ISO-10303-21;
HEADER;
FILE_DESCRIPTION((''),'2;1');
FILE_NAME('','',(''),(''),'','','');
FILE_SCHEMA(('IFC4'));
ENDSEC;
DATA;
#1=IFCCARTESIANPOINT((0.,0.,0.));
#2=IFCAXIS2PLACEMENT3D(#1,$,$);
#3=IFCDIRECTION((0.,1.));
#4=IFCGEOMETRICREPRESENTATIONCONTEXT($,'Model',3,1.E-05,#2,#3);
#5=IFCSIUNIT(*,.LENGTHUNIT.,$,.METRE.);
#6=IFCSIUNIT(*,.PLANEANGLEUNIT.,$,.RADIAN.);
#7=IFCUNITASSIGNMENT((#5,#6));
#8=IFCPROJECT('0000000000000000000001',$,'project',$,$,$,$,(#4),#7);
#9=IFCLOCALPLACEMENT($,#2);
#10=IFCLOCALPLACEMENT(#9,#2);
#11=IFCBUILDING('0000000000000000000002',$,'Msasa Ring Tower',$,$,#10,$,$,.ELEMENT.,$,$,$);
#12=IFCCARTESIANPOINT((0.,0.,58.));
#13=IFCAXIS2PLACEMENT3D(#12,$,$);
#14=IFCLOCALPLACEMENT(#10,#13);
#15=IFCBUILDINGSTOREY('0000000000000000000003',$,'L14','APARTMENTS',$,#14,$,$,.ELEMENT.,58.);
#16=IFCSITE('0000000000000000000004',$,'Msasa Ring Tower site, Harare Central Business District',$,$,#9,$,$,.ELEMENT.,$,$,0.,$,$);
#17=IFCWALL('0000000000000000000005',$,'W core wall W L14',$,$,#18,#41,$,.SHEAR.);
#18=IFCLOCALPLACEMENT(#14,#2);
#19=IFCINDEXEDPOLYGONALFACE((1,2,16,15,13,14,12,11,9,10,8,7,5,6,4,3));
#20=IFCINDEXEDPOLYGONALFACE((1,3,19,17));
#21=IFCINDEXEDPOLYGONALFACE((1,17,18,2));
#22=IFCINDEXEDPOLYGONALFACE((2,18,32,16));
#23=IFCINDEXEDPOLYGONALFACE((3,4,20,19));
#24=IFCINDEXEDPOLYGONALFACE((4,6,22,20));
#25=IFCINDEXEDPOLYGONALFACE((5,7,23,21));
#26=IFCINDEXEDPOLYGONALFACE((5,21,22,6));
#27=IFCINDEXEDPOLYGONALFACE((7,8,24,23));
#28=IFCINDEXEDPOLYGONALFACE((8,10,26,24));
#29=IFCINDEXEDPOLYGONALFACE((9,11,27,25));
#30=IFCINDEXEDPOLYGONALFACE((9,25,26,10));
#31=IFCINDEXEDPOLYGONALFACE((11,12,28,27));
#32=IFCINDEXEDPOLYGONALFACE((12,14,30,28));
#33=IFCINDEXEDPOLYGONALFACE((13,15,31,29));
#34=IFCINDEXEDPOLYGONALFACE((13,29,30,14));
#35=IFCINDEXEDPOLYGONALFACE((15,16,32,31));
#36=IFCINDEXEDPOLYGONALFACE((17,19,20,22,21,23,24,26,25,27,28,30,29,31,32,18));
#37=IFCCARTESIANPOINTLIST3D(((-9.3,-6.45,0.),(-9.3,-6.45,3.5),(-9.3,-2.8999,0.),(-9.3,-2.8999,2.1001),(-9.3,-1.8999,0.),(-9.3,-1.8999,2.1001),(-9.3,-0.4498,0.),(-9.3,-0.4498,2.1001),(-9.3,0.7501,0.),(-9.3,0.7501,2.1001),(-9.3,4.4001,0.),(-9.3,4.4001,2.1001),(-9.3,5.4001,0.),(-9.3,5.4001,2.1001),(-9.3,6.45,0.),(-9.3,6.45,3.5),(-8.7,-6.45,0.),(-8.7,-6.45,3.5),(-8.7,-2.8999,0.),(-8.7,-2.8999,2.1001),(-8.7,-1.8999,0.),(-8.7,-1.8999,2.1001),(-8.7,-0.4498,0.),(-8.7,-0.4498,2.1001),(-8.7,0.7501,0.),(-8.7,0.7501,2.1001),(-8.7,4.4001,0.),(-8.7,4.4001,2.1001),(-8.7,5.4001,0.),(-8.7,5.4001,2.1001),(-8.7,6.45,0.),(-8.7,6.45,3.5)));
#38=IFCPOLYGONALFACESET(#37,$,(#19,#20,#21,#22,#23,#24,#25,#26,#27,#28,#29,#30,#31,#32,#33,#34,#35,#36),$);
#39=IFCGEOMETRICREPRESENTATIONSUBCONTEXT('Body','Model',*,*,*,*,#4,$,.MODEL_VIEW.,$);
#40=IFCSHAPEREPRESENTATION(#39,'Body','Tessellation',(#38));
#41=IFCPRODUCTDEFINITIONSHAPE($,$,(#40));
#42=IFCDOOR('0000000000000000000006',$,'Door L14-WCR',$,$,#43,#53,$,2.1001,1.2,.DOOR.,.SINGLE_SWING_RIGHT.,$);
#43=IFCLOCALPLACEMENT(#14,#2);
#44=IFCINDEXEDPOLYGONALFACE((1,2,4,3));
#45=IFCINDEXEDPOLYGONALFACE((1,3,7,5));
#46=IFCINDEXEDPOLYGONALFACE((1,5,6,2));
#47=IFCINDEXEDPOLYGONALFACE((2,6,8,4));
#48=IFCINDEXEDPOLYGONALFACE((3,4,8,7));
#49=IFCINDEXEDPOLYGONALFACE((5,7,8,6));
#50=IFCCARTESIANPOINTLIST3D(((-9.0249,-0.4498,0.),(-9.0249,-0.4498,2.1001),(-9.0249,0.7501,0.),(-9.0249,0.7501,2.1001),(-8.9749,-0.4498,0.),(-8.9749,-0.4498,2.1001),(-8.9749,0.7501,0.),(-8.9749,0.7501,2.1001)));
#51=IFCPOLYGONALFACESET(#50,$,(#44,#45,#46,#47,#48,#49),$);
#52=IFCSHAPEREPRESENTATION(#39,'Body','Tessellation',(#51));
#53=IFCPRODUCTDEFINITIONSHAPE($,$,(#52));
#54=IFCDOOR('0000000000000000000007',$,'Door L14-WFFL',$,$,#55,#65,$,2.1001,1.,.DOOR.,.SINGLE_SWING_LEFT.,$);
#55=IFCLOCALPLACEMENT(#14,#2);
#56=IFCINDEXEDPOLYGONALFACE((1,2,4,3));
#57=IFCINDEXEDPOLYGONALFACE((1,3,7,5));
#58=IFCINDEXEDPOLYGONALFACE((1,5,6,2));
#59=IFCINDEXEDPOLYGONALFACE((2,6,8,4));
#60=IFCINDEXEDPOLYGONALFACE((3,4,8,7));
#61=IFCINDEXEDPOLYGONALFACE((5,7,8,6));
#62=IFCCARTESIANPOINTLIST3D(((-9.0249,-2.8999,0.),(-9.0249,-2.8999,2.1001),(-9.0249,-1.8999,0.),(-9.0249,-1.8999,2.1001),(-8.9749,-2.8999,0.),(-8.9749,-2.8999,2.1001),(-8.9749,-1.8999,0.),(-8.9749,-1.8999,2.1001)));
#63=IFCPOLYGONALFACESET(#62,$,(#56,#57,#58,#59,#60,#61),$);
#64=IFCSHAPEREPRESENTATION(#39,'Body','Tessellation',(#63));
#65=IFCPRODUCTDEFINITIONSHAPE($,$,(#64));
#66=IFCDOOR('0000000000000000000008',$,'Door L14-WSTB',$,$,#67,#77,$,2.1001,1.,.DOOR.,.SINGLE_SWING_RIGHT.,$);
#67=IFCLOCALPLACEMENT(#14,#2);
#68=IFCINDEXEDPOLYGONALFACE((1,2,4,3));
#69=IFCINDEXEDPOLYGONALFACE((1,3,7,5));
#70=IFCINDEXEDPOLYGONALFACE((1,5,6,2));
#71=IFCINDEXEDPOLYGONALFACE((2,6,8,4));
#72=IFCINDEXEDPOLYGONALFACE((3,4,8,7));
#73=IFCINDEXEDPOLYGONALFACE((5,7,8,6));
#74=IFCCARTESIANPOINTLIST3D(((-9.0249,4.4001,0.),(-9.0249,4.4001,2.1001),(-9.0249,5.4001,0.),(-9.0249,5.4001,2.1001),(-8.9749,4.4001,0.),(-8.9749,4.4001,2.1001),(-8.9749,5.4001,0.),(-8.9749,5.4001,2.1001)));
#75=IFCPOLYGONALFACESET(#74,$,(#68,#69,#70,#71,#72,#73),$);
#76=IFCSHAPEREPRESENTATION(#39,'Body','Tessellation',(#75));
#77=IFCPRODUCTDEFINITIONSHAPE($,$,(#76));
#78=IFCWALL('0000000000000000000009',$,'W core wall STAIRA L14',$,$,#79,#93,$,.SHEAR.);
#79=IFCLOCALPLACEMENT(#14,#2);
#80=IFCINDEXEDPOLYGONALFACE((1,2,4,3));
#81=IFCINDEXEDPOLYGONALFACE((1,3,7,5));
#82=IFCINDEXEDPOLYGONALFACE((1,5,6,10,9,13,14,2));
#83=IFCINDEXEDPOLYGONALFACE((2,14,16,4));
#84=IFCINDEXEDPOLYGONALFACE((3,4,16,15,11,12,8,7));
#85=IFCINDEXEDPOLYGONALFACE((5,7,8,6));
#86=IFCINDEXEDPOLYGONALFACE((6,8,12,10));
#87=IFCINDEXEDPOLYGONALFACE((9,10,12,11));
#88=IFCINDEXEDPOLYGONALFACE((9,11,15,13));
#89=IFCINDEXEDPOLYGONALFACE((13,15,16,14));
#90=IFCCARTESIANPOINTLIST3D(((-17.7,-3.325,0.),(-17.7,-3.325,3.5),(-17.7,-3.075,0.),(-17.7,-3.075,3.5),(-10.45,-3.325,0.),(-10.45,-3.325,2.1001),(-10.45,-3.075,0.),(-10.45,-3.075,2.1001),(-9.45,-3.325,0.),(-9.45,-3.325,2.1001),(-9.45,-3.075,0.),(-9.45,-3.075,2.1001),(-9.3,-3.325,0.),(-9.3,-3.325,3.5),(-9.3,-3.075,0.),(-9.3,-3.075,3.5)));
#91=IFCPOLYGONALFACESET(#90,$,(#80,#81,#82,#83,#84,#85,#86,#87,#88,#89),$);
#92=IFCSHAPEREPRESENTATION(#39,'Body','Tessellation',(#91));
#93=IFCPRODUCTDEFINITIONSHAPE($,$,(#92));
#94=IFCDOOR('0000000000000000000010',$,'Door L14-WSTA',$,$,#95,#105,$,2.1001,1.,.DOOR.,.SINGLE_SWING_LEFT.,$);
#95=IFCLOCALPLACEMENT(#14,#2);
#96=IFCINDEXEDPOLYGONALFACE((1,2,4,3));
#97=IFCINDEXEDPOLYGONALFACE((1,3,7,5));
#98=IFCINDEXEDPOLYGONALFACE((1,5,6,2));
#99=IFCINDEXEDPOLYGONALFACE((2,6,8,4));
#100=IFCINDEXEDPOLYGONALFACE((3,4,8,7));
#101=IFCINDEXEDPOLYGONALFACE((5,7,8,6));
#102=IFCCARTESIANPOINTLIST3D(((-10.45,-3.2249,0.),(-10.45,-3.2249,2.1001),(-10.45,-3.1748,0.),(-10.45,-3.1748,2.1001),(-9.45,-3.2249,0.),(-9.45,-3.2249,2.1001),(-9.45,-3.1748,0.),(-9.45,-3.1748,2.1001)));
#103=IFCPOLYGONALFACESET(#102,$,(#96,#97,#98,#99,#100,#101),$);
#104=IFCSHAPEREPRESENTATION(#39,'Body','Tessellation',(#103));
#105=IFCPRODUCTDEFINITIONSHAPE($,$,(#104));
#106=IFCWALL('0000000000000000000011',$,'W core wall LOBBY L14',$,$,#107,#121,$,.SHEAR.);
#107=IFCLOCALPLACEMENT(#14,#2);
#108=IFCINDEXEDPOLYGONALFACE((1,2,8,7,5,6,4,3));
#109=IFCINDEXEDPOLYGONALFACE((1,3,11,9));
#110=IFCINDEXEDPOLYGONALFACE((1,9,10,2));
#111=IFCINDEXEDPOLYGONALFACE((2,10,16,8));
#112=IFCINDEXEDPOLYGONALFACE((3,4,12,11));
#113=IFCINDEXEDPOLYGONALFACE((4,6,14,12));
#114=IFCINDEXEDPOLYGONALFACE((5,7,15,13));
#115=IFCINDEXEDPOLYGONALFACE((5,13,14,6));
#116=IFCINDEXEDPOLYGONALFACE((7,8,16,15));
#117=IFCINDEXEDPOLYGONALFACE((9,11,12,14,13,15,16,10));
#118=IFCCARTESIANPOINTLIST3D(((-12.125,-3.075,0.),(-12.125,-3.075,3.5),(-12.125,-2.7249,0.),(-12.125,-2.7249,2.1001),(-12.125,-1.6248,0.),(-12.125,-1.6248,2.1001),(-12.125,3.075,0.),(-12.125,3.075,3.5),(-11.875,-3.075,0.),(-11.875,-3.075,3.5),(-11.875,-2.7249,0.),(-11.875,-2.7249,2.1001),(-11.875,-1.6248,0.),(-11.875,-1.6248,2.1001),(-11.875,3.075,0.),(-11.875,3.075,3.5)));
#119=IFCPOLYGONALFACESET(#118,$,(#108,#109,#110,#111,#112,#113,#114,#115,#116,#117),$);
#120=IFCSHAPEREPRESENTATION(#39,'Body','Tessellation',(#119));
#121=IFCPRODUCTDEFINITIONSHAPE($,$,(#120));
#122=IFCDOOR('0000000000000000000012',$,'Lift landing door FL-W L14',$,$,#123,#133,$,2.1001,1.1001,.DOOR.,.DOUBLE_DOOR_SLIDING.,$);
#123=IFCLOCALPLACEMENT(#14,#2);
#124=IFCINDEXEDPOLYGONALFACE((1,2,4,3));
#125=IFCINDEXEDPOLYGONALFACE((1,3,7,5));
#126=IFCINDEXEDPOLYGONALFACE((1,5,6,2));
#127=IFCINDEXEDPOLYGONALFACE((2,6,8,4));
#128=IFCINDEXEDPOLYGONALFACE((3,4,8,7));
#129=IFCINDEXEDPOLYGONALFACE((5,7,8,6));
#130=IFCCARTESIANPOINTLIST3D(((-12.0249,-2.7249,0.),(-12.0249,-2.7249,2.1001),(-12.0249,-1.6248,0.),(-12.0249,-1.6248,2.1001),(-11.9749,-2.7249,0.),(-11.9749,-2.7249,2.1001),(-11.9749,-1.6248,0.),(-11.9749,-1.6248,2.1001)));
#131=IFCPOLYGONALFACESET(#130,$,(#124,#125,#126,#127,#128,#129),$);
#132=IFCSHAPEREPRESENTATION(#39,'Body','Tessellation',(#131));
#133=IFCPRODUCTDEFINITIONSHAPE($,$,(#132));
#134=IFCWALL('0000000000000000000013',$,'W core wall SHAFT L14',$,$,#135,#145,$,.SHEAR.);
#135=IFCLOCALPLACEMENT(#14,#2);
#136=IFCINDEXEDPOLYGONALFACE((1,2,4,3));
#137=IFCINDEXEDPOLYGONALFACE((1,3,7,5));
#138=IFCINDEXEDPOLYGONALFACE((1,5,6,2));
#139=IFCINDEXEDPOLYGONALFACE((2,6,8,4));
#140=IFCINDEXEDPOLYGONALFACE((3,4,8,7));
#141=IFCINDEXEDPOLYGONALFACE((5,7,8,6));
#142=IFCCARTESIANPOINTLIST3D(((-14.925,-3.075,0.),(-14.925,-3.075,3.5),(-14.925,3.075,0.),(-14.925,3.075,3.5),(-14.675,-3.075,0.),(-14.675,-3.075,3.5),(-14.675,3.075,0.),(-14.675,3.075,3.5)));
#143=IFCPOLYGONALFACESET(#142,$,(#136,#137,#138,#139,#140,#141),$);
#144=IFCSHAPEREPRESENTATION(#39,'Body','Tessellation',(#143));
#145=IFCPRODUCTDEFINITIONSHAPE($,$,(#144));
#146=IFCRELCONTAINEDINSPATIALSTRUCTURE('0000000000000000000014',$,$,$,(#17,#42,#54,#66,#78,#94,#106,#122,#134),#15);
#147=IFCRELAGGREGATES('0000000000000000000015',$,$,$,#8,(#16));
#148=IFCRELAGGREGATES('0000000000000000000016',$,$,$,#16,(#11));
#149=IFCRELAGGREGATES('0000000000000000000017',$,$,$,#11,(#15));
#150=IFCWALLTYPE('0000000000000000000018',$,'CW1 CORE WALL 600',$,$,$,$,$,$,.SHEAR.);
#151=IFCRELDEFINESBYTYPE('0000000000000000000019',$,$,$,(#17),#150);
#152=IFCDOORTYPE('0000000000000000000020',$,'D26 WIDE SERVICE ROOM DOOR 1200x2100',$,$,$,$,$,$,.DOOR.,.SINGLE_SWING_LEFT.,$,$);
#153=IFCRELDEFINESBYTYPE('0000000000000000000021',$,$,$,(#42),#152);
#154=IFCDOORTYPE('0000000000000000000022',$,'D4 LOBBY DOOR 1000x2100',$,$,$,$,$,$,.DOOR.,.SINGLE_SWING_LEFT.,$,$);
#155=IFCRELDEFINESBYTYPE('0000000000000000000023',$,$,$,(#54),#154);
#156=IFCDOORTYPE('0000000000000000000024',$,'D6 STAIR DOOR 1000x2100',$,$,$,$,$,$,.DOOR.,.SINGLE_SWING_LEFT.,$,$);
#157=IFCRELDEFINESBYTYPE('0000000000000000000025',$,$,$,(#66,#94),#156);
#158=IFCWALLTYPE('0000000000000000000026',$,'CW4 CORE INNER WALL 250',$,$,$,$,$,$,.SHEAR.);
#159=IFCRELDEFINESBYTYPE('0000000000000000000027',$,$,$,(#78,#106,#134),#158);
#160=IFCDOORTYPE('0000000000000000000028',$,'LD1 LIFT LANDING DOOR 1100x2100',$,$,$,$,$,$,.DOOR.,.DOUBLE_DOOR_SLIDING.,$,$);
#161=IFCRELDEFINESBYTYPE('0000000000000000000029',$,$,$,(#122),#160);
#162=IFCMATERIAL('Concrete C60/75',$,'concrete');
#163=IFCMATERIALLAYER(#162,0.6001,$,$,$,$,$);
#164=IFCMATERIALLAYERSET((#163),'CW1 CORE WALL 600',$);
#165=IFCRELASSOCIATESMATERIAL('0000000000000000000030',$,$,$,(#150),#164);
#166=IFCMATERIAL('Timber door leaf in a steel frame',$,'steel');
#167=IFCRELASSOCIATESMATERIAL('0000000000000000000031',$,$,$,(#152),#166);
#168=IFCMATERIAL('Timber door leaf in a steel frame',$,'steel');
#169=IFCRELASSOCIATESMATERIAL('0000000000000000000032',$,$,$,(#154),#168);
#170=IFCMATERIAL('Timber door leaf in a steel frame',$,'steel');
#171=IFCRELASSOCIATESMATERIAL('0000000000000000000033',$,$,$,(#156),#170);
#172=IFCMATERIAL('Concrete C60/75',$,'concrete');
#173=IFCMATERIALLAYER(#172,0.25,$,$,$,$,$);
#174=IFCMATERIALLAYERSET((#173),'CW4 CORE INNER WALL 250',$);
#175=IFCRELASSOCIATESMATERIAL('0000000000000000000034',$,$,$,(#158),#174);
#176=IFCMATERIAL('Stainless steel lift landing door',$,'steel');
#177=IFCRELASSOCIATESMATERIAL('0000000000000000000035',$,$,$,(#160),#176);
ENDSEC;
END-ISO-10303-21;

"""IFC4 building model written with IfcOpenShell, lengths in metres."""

from ifc_helpers import new_model, si_unit, direction, frame, frame_2d, origin, place, context, subcontext, project, spatial, rectangle, extrude, material, layer, layer_set, type_object, element, fill, save


model = new_model("IFC4")

# Units and contexts
model_context = context("Model", 3, precision=1e-05, world=origin(), true_north=direction((0.0, 1.0)))
body_context = subcontext(model_context, "Body", "Model", "MODEL_VIEW")
ifc_project = project(units=[si_unit("LENGTHUNIT", "METRE"), si_unit("PLANEANGLEUNIT", "RADIAN")], contexts=[model_context])

# Site, building, storey
site_placement = place(None, origin())
site = spatial("IfcSite", under=ifc_project, at=site_placement, Name="Msasa Ring Tower site, Harare Central Business District", CompositionType="ELEMENT", RefElevation=0.0)
building_placement = place(site_placement, origin())
building = spatial("IfcBuilding", under=site, at=building_placement, Name="Msasa Ring Tower", CompositionType="ELEMENT")
storey_placement = place(building_placement, frame((0.0, 0.0, 58.0)))
storey = spatial("IfcBuildingStorey", under=building, at=storey_placement, Name="L14", Description="APARTMENTS", CompositionType="ELEMENT", Elevation=58.0)

# Shared definitions
ifc_material_1 = material(Name="Concrete C60/75", Category="concrete")
ifc_layer_1 = layer(ifc_material_1, 0.6001)
ifc_layer_set_1 = layer_set([ifc_layer_1], Name="CW1 CORE WALL 600")
wall_type_1 = type_object("IfcWallType", Name="CW1 CORE WALL 600", PredefinedType="SHEAR", material=ifc_layer_set_1)

# Wall, openings, doors
wall_1_placement = place(storey_placement, frame((-9.0, -6.45, 0.0), z_axis=(0.0, 0.0, 1.0), x_axis=(0.0, 1.0, 0.0)))
wall_1 = element("IfcWall", 1, at=wall_1_placement, inside=storey, type_object=wall_type_1, Name="W core wall W L14", PredefinedType="SHEAR", context=body_context, shape_type="SweptSolid", body=[
    extrude(rectangle(XDim=12.8999, YDim=0.6001, at=frame_2d((6.45, 0.0))), origin(), (0.0, 0.0, 1.0), 3.5),
])
opening_1_placement = place(wall_1_placement, frame((3.55, 0.0, 0.0)))
opening_1 = element("IfcOpeningElement", 2, at=opening_1_placement, cuts=wall_1, PredefinedType="OPENING", context=body_context, shape_type="SweptSolid", body=[
    extrude(rectangle(XDim=1.0, YDim=2.1001, at=frame_2d((0.5, 1.05))), frame((0.0, 0.3101, 0.0), z_axis=(0.0, -1.0, 0.0), x_axis=(1.0, 0.0, 0.0)), (0.0, 0.0, 1.0), 0.6201),
])
opening_2_placement = place(wall_1_placement, frame((6.0, 0.0, 0.0)))
opening_2 = element("IfcOpeningElement", 3, at=opening_2_placement, cuts=wall_1, PredefinedType="OPENING", context=body_context, shape_type="SweptSolid", body=[
    extrude(rectangle(XDim=1.2, YDim=2.1001, at=frame_2d((0.6001, 1.05))), frame((0.0, 0.3101, 0.0), z_axis=(0.0, -1.0, 0.0), x_axis=(1.0, 0.0, 0.0)), (0.0, 0.0, 1.0), 0.6201),
])
opening_3_placement = place(wall_1_placement, frame((10.8501, 0.0, 0.0)))
opening_3 = element("IfcOpeningElement", 4, at=opening_3_placement, cuts=wall_1, PredefinedType="OPENING", context=body_context, shape_type="SweptSolid", body=[
    extrude(rectangle(XDim=1.0, YDim=2.1001, at=frame_2d((0.5, 1.05))), frame((0.0, 0.3101, 0.0), z_axis=(0.0, -1.0, 0.0), x_axis=(1.0, 0.0, 0.0)), (0.0, 0.0, 1.0), 0.6201),
])
ifc_material_2 = material(Name="Timber door leaf in a steel frame", Category="steel")
door_type_1 = type_object("IfcDoorType", Name="D26 WIDE SERVICE ROOM DOOR 1200x2100", OperationType="SINGLE_SWING_LEFT", PredefinedType="DOOR", material=ifc_material_2)
door_1_placement = place(opening_2_placement, origin())
door_1 = element("IfcDoor", 5, at=door_1_placement, inside=storey, type_object=door_type_1, Name="Door L14-WCR", OperationType="SINGLE_SWING_RIGHT", OverallHeight=2.1001, OverallWidth=1.2, PredefinedType="DOOR", context=body_context, shape_type="SweptSolid", body=[
    extrude(rectangle(XDim=1.2, YDim=2.1001, at=frame_2d((0.6001, 1.05))), frame((0.0, 0.0249, 0.0), z_axis=(0.0, -1.0, 0.0), x_axis=(1.0, 0.0, 0.0)), (0.0, 0.0, 1.0), 0.05),
])
fill(opening_2, door_1)
ifc_material_3 = material(Name="Timber door leaf in a steel frame", Category="steel")
door_type_2 = type_object("IfcDoorType", Name="D4 LOBBY DOOR 1000x2100", OperationType="SINGLE_SWING_LEFT", PredefinedType="DOOR", material=ifc_material_3)
door_2_placement = place(opening_1_placement, origin())
door_2 = element("IfcDoor", 6, at=door_2_placement, inside=storey, type_object=door_type_2, Name="Door L14-WFFL", OperationType="SINGLE_SWING_LEFT", OverallHeight=2.1001, OverallWidth=1.0, PredefinedType="DOOR", context=body_context, shape_type="SweptSolid", body=[
    extrude(rectangle(XDim=1.0, YDim=2.1001, at=frame_2d((0.5, 1.05))), frame((0.0, 0.0249, 0.0), z_axis=(0.0, -1.0, 0.0), x_axis=(1.0, 0.0, 0.0)), (0.0, 0.0, 1.0), 0.05),
])
fill(opening_1, door_2)
ifc_material_4 = material(Name="Timber door leaf in a steel frame", Category="steel")
door_type_3 = type_object("IfcDoorType", Name="D6 STAIR DOOR 1000x2100", OperationType="SINGLE_SWING_LEFT", PredefinedType="DOOR", material=ifc_material_4)
door_3_placement = place(opening_3_placement, origin())
door_3 = element("IfcDoor", 7, at=door_3_placement, inside=storey, type_object=door_type_3, Name="Door L14-WSTB", OperationType="SINGLE_SWING_RIGHT", OverallHeight=2.1001, OverallWidth=1.0, PredefinedType="DOOR", context=body_context, shape_type="SweptSolid", body=[
    extrude(rectangle(XDim=1.0, YDim=2.1001, at=frame_2d((0.5, 1.05))), frame((0.0, 0.0249, 0.0), z_axis=(0.0, -1.0, 0.0), x_axis=(1.0, 0.0, 0.0)), (0.0, 0.0, 1.0), 0.05),
])
fill(opening_3, door_3)

# Walls, openings, doors
ifc_material_5 = material(Name="Concrete C60/75", Category="concrete")
ifc_layer_2 = layer(ifc_material_5, 0.25)
ifc_layer_set_2 = layer_set([ifc_layer_2], Name="CW4 CORE INNER WALL 250")
wall_type_2 = type_object("IfcWallType", Name="CW4 CORE INNER WALL 250", PredefinedType="SHEAR", material=ifc_layer_set_2)
wall_2_placement = place(storey_placement, frame((-9.3, -3.2, 0.0), z_axis=(0.0, 0.0, 1.0), x_axis=(-1.0, 0.0, 0.0)))
wall_2 = element("IfcWall", 8, at=wall_2_placement, inside=storey, type_object=wall_type_2, Name="W core wall STAIRA L14", PredefinedType="SHEAR", context=body_context, shape_type="SweptSolid", body=[
    extrude(rectangle(XDim=8.3999, YDim=0.25, at=frame_2d((4.2, 0.0))), origin(), (0.0, 0.0, 1.0), 3.5),
])
opening_4_placement = place(wall_2_placement, frame((0.1499, 0.0, 0.0)))
opening_4 = element("IfcOpeningElement", 9, at=opening_4_placement, cuts=wall_2, PredefinedType="OPENING", context=body_context, shape_type="SweptSolid", body=[
    extrude(rectangle(XDim=1.0, YDim=2.1001, at=frame_2d((0.5, 1.05))), frame((0.0, 0.135, 0.0), z_axis=(0.0, -1.0, 0.0), x_axis=(1.0, 0.0, 0.0)), (0.0, 0.0, 1.0), 0.27),
])
door_4_placement = place(opening_4_placement, origin())
door_4 = element("IfcDoor", 10, at=door_4_placement, inside=storey, type_object=door_type_3, Name="Door L14-WSTA", OperationType="SINGLE_SWING_LEFT", OverallHeight=2.1001, OverallWidth=1.0, PredefinedType="DOOR", context=body_context, shape_type="SweptSolid", body=[
    extrude(rectangle(XDim=1.0, YDim=2.1001, at=frame_2d((0.5, 1.05))), frame((0.0, 0.0249, 0.0), z_axis=(0.0, -1.0, 0.0), x_axis=(1.0, 0.0, 0.0)), (0.0, 0.0, 1.0), 0.05),
])
fill(opening_4, door_4)
wall_3_placement = place(storey_placement, frame((-12.0, -3.075, 0.0), z_axis=(0.0, 0.0, 1.0), x_axis=(0.0, 1.0, 0.0)))
wall_3 = element("IfcWall", 11, at=wall_3_placement, inside=storey, type_object=wall_type_2, Name="W core wall LOBBY L14", PredefinedType="SHEAR", context=body_context, shape_type="SweptSolid", body=[
    extrude(rectangle(XDim=6.1499, YDim=0.25, at=frame_2d((3.075, 0.0))), origin(), (0.0, 0.0, 1.0), 3.5),
])
opening_5_placement = place(wall_3_placement, frame((0.3501, 0.0, 0.0)))
opening_5 = element("IfcOpeningElement", 12, at=opening_5_placement, cuts=wall_3, PredefinedType="OPENING", context=body_context, shape_type="SweptSolid", body=[
    extrude(rectangle(XDim=1.1001, YDim=2.1001, at=frame_2d((0.55, 1.05))), frame((0.0, 0.135, 0.0), z_axis=(0.0, -1.0, 0.0), x_axis=(1.0, 0.0, 0.0)), (0.0, 0.0, 1.0), 0.27),
])
ifc_material_6 = material(Name="Stainless steel lift landing door", Category="steel")
door_type_4 = type_object("IfcDoorType", Name="LD1 LIFT LANDING DOOR 1100x2100", OperationType="DOUBLE_DOOR_SLIDING", PredefinedType="DOOR", material=ifc_material_6)
door_5_placement = place(opening_5_placement, origin())
door_5 = element("IfcDoor", 13, at=door_5_placement, inside=storey, type_object=door_type_4, Name="Lift landing door FL-W L14", OperationType="DOUBLE_DOOR_SLIDING", OverallHeight=2.1001, OverallWidth=1.1001, PredefinedType="DOOR", context=body_context, shape_type="SweptSolid", body=[
    extrude(rectangle(XDim=1.1001, YDim=2.1001, at=frame_2d((0.55, 1.05))), frame((0.0, 0.0249, 0.0), z_axis=(0.0, -1.0, 0.0), x_axis=(1.0, 0.0, 0.0)), (0.0, 0.0, 1.0), 0.05),
])
fill(opening_5, door_5)

# Wall
wall_4_placement = place(storey_placement, frame((-14.8, -3.075, 0.0), z_axis=(0.0, 0.0, 1.0), x_axis=(0.0, 1.0, 0.0)))
element("IfcWall", 14, at=wall_4_placement, inside=storey, type_object=wall_type_2, Name="W core wall SHAFT L14", PredefinedType="SHEAR", context=body_context, shape_type="SweptSolid", body=[
    extrude(rectangle(XDim=6.1499, YDim=0.25, at=frame_2d((3.075, 0.0))), origin(), (0.0, 0.0, 1.0), 3.5),
])

save(model, "model.ifc")
